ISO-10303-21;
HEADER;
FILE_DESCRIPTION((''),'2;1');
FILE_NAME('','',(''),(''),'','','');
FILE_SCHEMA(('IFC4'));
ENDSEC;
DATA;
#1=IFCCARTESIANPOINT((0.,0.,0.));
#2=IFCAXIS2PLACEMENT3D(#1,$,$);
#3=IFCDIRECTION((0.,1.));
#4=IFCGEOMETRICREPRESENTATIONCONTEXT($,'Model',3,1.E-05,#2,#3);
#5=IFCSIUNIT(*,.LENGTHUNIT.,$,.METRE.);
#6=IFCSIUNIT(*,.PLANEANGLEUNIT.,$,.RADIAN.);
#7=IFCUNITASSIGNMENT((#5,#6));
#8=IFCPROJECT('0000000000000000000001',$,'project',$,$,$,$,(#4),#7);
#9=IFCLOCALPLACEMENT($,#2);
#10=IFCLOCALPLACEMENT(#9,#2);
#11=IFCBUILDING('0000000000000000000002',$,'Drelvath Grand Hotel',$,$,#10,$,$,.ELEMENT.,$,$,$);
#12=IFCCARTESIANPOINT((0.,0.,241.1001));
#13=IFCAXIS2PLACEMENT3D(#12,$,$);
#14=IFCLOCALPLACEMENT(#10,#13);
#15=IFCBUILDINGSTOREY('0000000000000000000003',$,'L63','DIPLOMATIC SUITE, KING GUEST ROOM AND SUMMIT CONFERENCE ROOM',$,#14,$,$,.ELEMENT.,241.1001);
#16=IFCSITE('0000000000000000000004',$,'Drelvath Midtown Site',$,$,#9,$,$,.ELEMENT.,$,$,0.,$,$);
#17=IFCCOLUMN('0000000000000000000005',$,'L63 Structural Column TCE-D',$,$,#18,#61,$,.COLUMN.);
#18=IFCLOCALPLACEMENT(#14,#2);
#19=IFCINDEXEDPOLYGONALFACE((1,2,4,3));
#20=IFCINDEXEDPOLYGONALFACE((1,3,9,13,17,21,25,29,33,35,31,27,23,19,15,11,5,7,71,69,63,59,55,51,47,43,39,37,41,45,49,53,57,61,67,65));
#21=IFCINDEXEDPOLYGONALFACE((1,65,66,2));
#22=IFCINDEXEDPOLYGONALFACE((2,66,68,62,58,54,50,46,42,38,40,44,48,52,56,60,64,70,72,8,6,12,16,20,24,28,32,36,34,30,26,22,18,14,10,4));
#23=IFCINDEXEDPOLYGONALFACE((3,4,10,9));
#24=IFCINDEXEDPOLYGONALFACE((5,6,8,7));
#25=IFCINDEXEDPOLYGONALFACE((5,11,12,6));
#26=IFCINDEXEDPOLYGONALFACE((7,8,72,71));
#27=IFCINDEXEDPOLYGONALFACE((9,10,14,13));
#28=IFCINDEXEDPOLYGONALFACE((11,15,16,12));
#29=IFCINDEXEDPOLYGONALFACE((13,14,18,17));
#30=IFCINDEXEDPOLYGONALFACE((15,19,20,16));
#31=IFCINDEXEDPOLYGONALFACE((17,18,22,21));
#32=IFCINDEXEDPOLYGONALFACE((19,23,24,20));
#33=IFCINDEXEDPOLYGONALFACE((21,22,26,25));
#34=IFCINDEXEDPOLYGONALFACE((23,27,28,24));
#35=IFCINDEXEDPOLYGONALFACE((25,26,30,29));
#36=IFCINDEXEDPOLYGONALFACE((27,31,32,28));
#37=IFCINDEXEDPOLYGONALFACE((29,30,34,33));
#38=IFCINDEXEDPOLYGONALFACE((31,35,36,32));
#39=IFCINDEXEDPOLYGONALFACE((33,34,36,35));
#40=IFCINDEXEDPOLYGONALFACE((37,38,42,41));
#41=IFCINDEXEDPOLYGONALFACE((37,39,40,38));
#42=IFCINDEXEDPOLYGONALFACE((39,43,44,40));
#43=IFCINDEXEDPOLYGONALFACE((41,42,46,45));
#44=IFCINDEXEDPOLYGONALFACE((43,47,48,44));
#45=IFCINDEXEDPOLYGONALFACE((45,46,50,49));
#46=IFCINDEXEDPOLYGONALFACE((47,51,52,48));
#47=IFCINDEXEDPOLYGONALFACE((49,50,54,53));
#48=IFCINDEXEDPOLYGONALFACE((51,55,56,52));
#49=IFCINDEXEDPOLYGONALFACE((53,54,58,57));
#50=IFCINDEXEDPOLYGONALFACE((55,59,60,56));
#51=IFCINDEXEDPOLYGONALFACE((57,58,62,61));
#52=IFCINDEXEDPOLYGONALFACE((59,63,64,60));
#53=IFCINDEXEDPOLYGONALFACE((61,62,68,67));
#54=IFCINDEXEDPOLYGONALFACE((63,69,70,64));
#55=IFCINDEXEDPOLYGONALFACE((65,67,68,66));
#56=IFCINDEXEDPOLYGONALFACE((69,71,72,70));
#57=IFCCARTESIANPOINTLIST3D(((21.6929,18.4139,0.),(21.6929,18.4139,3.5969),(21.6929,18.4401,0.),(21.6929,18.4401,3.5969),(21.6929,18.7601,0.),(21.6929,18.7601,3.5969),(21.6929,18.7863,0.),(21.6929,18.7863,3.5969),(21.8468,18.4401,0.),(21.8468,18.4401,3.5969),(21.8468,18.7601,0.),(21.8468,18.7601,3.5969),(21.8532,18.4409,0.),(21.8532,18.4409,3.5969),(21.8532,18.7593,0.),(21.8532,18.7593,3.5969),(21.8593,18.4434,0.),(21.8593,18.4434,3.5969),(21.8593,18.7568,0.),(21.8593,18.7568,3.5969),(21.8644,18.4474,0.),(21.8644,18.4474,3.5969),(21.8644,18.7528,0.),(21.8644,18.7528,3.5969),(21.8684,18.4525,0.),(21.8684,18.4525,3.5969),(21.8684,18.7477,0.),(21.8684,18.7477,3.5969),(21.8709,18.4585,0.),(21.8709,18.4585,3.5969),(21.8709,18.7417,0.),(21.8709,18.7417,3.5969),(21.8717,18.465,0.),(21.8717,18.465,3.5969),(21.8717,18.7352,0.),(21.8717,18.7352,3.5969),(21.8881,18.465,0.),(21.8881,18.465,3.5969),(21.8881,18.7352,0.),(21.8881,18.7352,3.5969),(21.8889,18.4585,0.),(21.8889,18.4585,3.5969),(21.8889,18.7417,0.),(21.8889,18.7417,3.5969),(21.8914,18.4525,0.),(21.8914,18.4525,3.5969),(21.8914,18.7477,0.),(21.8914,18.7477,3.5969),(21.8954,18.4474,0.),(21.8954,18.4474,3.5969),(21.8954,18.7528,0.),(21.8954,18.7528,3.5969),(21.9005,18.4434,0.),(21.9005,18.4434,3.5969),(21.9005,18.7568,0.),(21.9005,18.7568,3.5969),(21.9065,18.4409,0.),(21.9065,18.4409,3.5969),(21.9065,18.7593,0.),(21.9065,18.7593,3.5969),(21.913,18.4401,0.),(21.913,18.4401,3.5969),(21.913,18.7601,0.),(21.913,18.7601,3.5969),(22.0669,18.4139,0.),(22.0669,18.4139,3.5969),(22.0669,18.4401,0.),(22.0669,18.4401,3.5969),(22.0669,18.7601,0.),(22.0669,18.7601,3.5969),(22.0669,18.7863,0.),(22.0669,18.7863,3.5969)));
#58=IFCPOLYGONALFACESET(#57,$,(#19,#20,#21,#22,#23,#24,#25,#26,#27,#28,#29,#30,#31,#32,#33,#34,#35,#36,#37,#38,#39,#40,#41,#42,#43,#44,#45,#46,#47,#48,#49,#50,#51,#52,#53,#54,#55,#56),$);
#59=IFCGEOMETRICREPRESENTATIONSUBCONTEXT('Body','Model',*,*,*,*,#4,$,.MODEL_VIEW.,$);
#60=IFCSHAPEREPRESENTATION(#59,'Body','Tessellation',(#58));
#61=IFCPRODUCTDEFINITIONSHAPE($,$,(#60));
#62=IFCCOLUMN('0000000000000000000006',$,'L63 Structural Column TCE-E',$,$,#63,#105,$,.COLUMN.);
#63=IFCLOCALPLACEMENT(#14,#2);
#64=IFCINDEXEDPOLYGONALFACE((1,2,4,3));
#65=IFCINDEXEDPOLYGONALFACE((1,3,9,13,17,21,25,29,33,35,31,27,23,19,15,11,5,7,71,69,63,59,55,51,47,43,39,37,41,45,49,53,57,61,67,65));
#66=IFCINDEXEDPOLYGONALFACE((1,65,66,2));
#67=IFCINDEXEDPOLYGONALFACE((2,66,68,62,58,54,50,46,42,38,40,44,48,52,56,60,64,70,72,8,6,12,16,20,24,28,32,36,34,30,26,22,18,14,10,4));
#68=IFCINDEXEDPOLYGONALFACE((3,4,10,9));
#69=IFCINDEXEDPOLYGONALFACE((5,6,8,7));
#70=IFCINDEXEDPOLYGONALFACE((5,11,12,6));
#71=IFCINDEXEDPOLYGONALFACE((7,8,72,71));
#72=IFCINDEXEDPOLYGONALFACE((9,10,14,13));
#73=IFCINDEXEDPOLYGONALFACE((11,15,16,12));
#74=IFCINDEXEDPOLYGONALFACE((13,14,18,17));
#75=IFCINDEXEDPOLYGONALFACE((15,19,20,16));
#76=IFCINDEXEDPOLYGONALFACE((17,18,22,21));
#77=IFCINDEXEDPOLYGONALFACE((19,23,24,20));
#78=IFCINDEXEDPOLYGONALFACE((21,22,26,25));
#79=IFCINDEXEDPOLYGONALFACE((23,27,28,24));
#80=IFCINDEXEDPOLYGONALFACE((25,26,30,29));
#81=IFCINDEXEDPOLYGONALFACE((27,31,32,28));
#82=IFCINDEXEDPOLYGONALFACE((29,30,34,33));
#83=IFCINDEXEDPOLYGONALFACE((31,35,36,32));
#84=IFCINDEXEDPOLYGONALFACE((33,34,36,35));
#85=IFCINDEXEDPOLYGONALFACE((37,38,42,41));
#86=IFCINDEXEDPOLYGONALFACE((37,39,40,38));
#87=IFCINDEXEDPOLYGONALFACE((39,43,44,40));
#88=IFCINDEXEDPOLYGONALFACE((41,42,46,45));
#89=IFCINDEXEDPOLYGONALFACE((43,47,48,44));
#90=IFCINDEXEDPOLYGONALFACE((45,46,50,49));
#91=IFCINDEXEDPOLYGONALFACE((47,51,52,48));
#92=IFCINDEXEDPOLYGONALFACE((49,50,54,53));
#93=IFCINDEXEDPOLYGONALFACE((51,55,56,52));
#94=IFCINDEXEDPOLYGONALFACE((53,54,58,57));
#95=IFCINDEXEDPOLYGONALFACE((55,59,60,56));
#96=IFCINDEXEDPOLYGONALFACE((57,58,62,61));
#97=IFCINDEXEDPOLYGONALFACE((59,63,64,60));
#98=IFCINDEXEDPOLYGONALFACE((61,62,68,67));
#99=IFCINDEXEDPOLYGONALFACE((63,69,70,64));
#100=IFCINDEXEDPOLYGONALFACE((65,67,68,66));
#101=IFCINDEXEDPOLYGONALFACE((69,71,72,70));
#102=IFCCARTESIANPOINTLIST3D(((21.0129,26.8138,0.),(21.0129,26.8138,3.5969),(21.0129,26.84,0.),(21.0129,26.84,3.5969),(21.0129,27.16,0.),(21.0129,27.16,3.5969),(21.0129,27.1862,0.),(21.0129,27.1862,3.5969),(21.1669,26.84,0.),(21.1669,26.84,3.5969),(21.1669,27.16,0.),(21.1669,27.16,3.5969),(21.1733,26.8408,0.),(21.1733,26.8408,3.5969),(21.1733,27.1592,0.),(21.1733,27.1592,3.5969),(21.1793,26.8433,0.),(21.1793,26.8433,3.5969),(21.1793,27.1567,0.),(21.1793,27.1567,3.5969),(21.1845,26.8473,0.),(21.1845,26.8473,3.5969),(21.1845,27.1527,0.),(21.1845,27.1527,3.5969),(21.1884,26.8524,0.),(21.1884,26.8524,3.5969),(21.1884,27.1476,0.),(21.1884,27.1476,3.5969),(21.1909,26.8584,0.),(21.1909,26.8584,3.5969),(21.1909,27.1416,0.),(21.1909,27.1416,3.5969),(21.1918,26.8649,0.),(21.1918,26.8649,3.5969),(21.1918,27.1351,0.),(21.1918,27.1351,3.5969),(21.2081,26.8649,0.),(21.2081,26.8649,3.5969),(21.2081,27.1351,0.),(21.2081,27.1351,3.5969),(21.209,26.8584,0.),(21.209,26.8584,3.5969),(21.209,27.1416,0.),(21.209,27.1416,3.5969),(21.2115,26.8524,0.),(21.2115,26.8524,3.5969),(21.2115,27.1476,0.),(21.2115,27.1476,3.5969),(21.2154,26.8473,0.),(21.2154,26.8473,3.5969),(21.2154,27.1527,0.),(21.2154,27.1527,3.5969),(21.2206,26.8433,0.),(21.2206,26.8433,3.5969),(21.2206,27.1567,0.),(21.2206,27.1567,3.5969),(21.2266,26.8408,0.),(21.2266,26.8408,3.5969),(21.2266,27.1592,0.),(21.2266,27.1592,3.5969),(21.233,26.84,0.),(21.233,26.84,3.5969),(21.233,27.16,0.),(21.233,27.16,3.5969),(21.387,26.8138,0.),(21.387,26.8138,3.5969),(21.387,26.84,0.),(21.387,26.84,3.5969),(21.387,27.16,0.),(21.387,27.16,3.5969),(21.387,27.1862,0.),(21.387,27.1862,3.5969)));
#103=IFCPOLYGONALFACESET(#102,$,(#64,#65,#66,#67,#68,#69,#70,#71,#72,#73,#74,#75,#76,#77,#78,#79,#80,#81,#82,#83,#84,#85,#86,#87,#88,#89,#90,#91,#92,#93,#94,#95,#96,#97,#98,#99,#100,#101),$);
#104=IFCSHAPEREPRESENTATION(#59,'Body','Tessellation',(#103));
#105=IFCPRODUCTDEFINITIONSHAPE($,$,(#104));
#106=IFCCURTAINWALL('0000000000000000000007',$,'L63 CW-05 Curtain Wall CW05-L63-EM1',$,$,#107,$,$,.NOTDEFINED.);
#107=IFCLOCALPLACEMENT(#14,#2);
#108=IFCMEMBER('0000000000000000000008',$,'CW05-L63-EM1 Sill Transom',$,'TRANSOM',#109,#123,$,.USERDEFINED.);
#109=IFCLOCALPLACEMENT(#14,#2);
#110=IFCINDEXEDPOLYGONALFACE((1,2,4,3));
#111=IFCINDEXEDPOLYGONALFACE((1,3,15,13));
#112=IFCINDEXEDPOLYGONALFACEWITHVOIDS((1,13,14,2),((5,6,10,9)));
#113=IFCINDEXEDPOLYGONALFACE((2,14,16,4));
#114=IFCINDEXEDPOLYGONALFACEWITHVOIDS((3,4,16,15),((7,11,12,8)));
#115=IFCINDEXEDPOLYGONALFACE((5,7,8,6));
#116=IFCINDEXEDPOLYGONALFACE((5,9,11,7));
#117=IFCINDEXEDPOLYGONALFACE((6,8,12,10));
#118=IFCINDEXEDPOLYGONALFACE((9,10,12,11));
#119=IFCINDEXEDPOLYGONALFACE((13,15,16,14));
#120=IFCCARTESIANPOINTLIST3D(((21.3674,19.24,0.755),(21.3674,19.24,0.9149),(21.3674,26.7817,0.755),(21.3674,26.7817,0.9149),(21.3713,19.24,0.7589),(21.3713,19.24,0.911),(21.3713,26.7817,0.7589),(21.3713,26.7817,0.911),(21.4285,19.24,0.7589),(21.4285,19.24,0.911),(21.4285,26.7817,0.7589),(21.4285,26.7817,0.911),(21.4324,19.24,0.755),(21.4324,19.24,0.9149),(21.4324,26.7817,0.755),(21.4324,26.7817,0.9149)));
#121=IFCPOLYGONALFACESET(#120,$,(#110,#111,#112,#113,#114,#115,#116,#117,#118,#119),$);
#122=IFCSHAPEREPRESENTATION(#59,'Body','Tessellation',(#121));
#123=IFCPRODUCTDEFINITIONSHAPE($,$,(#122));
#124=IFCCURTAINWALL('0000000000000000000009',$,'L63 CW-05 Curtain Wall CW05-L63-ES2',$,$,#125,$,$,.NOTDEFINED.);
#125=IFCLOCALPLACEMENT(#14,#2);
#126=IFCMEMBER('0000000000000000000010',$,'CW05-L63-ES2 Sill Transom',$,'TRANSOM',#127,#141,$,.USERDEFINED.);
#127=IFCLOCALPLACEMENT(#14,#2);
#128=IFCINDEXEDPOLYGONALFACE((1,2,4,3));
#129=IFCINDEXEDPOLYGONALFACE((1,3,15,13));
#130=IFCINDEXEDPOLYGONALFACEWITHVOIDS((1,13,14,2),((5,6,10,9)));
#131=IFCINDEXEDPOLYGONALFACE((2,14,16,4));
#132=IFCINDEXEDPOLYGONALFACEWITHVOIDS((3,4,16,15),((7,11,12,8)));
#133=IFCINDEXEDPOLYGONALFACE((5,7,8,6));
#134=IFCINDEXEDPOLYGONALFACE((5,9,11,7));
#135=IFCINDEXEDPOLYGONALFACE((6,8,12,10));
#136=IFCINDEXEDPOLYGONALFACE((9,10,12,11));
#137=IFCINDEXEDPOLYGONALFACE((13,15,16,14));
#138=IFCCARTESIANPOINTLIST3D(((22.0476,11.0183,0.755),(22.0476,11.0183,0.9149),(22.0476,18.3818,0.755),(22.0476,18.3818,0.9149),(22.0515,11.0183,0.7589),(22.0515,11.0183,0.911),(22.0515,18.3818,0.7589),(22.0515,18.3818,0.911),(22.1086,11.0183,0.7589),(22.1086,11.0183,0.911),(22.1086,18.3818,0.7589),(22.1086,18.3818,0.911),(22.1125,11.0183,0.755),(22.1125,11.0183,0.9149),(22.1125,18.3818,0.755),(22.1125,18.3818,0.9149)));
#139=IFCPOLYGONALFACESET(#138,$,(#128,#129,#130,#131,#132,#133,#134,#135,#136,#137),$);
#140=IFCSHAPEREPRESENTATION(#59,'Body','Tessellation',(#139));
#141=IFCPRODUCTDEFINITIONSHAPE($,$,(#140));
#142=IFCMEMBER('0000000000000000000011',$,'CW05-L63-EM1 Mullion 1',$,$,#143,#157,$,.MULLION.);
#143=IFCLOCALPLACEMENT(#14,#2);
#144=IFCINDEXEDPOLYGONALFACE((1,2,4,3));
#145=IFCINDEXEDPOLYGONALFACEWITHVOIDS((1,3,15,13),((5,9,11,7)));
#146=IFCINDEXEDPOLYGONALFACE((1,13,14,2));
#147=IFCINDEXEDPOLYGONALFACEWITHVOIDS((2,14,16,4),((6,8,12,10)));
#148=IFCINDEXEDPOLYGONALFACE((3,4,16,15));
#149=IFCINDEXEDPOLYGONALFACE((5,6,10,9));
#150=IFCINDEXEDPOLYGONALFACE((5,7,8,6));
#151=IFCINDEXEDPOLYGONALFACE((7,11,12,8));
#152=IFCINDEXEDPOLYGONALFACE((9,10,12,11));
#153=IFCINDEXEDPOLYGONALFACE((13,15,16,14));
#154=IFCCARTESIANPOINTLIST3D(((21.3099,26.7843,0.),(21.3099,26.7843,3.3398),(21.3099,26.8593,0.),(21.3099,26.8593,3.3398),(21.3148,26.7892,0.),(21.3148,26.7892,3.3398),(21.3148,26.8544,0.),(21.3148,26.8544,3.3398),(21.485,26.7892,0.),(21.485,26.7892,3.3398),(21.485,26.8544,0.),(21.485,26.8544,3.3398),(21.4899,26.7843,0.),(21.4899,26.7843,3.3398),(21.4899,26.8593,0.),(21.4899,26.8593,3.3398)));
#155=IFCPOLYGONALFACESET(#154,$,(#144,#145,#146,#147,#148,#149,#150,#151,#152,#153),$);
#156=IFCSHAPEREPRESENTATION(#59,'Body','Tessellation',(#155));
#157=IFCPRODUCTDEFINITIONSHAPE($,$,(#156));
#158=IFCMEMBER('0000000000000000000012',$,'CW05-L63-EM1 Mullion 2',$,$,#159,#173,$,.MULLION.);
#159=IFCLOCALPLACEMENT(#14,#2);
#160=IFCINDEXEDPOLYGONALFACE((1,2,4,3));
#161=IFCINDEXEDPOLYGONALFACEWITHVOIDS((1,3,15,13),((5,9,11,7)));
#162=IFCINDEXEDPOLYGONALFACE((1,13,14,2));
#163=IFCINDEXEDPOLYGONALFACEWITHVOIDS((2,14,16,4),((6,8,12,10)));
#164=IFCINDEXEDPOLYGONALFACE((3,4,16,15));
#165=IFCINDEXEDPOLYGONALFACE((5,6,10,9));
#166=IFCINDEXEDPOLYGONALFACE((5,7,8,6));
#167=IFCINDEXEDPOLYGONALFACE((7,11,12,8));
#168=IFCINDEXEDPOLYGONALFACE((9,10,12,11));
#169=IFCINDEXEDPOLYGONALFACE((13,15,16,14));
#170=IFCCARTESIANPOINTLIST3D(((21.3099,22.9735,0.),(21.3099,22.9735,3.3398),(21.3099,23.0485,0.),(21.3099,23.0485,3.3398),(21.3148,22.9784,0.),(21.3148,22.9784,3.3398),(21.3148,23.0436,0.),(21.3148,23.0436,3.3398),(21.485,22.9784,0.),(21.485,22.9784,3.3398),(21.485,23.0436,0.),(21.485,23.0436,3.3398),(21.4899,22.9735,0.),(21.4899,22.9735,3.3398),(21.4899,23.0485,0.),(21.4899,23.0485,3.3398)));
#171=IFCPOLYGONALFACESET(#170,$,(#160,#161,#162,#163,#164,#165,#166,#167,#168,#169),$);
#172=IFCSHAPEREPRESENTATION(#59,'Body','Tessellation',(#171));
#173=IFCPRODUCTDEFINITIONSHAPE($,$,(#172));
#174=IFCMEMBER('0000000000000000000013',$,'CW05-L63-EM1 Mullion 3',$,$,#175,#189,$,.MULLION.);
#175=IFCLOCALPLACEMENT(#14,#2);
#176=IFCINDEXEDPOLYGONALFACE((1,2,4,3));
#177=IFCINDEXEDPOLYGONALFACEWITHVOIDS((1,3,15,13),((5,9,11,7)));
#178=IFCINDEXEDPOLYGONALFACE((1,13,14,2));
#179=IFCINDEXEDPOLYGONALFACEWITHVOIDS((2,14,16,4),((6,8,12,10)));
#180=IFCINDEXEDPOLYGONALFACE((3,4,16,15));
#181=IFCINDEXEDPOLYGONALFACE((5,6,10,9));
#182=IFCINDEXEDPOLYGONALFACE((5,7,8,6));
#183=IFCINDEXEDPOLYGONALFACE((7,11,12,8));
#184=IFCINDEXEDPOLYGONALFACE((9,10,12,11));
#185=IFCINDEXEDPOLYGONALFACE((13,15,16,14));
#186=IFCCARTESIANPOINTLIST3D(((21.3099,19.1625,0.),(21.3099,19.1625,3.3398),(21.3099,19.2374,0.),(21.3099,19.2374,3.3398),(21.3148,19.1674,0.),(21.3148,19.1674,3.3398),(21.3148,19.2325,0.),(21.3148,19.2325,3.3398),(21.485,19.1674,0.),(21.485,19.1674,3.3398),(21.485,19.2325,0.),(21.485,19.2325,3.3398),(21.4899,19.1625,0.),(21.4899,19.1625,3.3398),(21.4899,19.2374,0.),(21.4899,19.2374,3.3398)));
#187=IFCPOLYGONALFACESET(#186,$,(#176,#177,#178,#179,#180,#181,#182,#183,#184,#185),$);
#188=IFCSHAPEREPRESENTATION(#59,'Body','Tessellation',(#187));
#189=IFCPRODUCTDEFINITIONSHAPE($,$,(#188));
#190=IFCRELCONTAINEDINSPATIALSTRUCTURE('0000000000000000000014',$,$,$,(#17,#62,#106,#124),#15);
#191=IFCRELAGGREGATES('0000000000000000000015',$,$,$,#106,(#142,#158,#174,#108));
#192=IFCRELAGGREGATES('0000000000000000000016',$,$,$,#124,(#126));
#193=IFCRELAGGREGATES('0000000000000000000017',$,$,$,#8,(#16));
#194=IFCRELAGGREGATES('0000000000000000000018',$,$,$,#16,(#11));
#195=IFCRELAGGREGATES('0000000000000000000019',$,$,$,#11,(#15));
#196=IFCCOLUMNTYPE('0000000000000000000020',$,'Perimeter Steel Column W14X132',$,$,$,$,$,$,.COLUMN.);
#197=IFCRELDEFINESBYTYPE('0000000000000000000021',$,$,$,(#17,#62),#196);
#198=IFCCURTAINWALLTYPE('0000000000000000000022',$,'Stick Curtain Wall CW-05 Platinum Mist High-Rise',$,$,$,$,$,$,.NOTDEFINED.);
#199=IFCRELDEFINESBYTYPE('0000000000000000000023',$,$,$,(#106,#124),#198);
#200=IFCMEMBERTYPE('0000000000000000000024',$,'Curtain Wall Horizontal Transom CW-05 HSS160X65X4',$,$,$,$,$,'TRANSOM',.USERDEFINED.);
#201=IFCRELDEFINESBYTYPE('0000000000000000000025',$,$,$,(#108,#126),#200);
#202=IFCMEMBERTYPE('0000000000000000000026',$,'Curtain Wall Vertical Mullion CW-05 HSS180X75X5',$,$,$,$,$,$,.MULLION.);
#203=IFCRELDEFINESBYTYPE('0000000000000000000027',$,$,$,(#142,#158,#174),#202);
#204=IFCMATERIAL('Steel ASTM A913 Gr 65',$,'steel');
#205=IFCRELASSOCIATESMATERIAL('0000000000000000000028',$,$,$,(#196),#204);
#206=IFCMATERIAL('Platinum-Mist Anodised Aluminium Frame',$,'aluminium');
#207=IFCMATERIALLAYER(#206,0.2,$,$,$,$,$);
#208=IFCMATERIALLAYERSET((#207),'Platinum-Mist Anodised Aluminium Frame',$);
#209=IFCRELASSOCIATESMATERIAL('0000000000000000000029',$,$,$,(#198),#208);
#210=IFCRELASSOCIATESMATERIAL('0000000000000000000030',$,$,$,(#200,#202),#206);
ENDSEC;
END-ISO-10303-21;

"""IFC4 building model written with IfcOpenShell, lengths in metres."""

from ifc_helpers import new_model, si_unit, direction, frame, origin, origin_2d, place, context, subcontext, project, spatial, hollow_rectangle, i_section, extrude, material, layer, layer_set, material_profile, profile_set, type_object, element, aggregate, save


model = new_model("IFC4")

# Units and contexts
model_context = context("Model", 3, precision=1e-05, world=origin(), true_north=direction((0.0, 1.0)))
body_context = subcontext(model_context, "Body", "Model", "MODEL_VIEW")
ifc_project = project(units=[si_unit("LENGTHUNIT", "METRE"), si_unit("PLANEANGLEUNIT", "RADIAN")], contexts=[model_context])

# Site, building, storey
site_placement = place(None, origin())
site = spatial("IfcSite", under=ifc_project, at=site_placement, Name="Drelvath Midtown Site", CompositionType="ELEMENT", RefElevation=0.0)
building_placement = place(site_placement, origin())
building = spatial("IfcBuilding", under=site, at=building_placement, Name="Drelvath Grand Hotel", CompositionType="ELEMENT")
storey_placement = place(building_placement, frame((0.0, 0.0, 241.1001)))
storey = spatial("IfcBuildingStorey", under=building, at=storey_placement, Name="L63", Description="DIPLOMATIC SUITE, KING GUEST ROOM AND SUMMIT CONFERENCE ROOM", CompositionType="ELEMENT", Elevation=241.1001)

# Columns
ifc_material_1 = material(Name="Steel ASTM A913 Gr 65", Category="steel")
ifc_material_profile_1 = material_profile(ifc_material_1, i_section(OverallWidth=0.374, OverallDepth=0.3723, WebThickness=0.0164, FlangeThickness=0.0261, FilletRadius=0.0249, at=origin_2d()), Name="W14X132")
ifc_profile_set_1 = profile_set([ifc_material_profile_1], Name="Steel ASTM A913 Gr 65")
column_type = type_object("IfcColumnType", Name="Perimeter Steel Column W14X132", PredefinedType="COLUMN", material=ifc_profile_set_1)
for number, where, z_axis, x_axis, name in (
    (1, (21.8799, 18.6001, 0.0), (0.0, 0.0, 1.0), (1.0, 0.0, 0.0), "L63 Structural Column TCE-D"),
    (2, (21.2, 27.0, 0.0), (0.0, 0.0, 1.0), (1.0, 0.0, 0.0), "L63 Structural Column TCE-E"),
):
    element("IfcColumn", number, at=place(storey_placement, frame(where, z_axis=z_axis, x_axis=x_axis)), inside=storey, type_object=column_type, Name=name, PredefinedType="COLUMN", context=body_context, shape_type="SweptSolid", body=[
        extrude(i_section(OverallWidth=0.374, OverallDepth=0.3723, WebThickness=0.0164, FlangeThickness=0.0261, FilletRadius=0.0249, at=origin_2d()), origin(), (0.0, 0.0, 1.0), 3.5969),
    ])

# Curtain walls, members
ifc_material_2 = material(Name="Platinum-Mist Anodised Aluminium Frame", Category="aluminium")
ifc_layer_1 = layer(ifc_material_2, 0.2)
ifc_layer_set_1 = layer_set([ifc_layer_1], Name="Platinum-Mist Anodised Aluminium Frame")
curtain_wall_type = type_object("IfcCurtainWallType", Name="Stick Curtain Wall CW-05 Platinum Mist High-Rise", PredefinedType="NOTDEFINED", material=ifc_layer_set_1)
curtain_wall_1_placement = place(storey_placement, origin())
curtain_wall_1 = element("IfcCurtainWall", 3, at=curtain_wall_1_placement, inside=storey, type_object=curtain_wall_type, Name="L63 CW-05 Curtain Wall CW05-L63-EM1", PredefinedType="NOTDEFINED")
ifc_material_profile_2 = material_profile(ifc_material_2, hollow_rectangle(XDim=0.0649, YDim=0.1599, WallThickness=0.0039, at=origin_2d()), Name="HSS160X65X4")
ifc_profile_set_2 = profile_set([ifc_material_profile_2], Name="Platinum-Mist Anodised Aluminium Frame")
member_type_1 = type_object("IfcMemberType", Name="Curtain Wall Horizontal Transom CW-05 HSS160X65X4", ElementType="TRANSOM", PredefinedType="USERDEFINED", material=ifc_profile_set_2)
member_1_placement = place(storey_placement, frame((21.3999, 26.7817, 0.835), z_axis=(0.0, -1.0, 0.0), x_axis=(1.0, 0.0, 0.0)))
member_1 = element("IfcMember", 4, at=member_1_placement, type_object=member_type_1, Name="CW05-L63-EM1 Sill Transom", ObjectType="TRANSOM", PredefinedType="USERDEFINED", context=body_context, shape_type="SweptSolid", body=[
    extrude(hollow_rectangle(XDim=0.0649, YDim=0.1599, WallThickness=0.0039, at=origin_2d()), origin(), (0.0, 0.0, 1.0), 7.5417),
])
curtain_wall_2_placement = place(storey_placement, origin())
curtain_wall_2 = element("IfcCurtainWall", 5, at=curtain_wall_2_placement, inside=storey, type_object=curtain_wall_type, Name="L63 CW-05 Curtain Wall CW05-L63-ES2", PredefinedType="NOTDEFINED")
member_2_placement = place(storey_placement, frame((22.0801, 18.3818, 0.835), z_axis=(0.0, -1.0, 0.0), x_axis=(1.0, 0.0, 0.0)))
member_2 = element("IfcMember", 6, at=member_2_placement, type_object=member_type_1, Name="CW05-L63-ES2 Sill Transom", ObjectType="TRANSOM", PredefinedType="USERDEFINED", context=body_context, shape_type="SweptSolid", body=[
    extrude(hollow_rectangle(XDim=0.0649, YDim=0.1599, WallThickness=0.0039, at=origin_2d()), origin(), (0.0, 0.0, 1.0), 7.3635),
])

# Members
ifc_material_profile_3 = material_profile(ifc_material_2, hollow_rectangle(XDim=0.075, YDim=0.1799, WallThickness=0.0049, at=origin_2d()), Name="HSS180X75X5")
ifc_profile_set_3 = profile_set([ifc_material_profile_3], Name="Platinum-Mist Anodised Aluminium Frame")
member_type_2 = type_object("IfcMemberType", Name="Curtain Wall Vertical Mullion CW-05 HSS180X75X5", PredefinedType="MULLION", material=ifc_profile_set_3)
member_3_placement = place(storey_placement, frame((21.3999, 26.8218, 0.0), z_axis=(0.0, 0.0, 1.0), x_axis=(0.0, 1.0, 0.0)))
member_3 = element("IfcMember", 7, at=member_3_placement, type_object=member_type_2, Name="CW05-L63-EM1 Mullion 1", PredefinedType="MULLION", context=body_context, shape_type="SweptSolid", body=[
    extrude(hollow_rectangle(XDim=0.075, YDim=0.1799, WallThickness=0.0049, at=origin_2d()), origin(), (0.0, 0.0, 1.0), 3.3398),
])
member_4_placement = place(storey_placement, frame((21.3999, 23.011, 0.0), z_axis=(0.0, 0.0, 1.0), x_axis=(0.0, 1.0, 0.0)))
member_4 = element("IfcMember", 8, at=member_4_placement, type_object=member_type_2, Name="CW05-L63-EM1 Mullion 2", PredefinedType="MULLION", context=body_context, shape_type="SweptSolid", body=[
    extrude(hollow_rectangle(XDim=0.075, YDim=0.1799, WallThickness=0.0049, at=origin_2d()), origin(), (0.0, 0.0, 1.0), 3.3398),
])
member_5_placement = place(storey_placement, frame((21.3999, 19.2, 0.0), z_axis=(0.0, 0.0, 1.0), x_axis=(0.0, 1.0, 0.0)))
member_5 = element("IfcMember", 9, at=member_5_placement, type_object=member_type_2, Name="CW05-L63-EM1 Mullion 3", PredefinedType="MULLION", context=body_context, shape_type="SweptSolid", body=[
    extrude(hollow_rectangle(XDim=0.075, YDim=0.1799, WallThickness=0.0049, at=origin_2d()), origin(), (0.0, 0.0, 1.0), 3.3398),
])

aggregate(curtain_wall_1, [member_3, member_4, member_5, member_1])
aggregate(curtain_wall_2, [member_2])

save(model, "model.ifc")
